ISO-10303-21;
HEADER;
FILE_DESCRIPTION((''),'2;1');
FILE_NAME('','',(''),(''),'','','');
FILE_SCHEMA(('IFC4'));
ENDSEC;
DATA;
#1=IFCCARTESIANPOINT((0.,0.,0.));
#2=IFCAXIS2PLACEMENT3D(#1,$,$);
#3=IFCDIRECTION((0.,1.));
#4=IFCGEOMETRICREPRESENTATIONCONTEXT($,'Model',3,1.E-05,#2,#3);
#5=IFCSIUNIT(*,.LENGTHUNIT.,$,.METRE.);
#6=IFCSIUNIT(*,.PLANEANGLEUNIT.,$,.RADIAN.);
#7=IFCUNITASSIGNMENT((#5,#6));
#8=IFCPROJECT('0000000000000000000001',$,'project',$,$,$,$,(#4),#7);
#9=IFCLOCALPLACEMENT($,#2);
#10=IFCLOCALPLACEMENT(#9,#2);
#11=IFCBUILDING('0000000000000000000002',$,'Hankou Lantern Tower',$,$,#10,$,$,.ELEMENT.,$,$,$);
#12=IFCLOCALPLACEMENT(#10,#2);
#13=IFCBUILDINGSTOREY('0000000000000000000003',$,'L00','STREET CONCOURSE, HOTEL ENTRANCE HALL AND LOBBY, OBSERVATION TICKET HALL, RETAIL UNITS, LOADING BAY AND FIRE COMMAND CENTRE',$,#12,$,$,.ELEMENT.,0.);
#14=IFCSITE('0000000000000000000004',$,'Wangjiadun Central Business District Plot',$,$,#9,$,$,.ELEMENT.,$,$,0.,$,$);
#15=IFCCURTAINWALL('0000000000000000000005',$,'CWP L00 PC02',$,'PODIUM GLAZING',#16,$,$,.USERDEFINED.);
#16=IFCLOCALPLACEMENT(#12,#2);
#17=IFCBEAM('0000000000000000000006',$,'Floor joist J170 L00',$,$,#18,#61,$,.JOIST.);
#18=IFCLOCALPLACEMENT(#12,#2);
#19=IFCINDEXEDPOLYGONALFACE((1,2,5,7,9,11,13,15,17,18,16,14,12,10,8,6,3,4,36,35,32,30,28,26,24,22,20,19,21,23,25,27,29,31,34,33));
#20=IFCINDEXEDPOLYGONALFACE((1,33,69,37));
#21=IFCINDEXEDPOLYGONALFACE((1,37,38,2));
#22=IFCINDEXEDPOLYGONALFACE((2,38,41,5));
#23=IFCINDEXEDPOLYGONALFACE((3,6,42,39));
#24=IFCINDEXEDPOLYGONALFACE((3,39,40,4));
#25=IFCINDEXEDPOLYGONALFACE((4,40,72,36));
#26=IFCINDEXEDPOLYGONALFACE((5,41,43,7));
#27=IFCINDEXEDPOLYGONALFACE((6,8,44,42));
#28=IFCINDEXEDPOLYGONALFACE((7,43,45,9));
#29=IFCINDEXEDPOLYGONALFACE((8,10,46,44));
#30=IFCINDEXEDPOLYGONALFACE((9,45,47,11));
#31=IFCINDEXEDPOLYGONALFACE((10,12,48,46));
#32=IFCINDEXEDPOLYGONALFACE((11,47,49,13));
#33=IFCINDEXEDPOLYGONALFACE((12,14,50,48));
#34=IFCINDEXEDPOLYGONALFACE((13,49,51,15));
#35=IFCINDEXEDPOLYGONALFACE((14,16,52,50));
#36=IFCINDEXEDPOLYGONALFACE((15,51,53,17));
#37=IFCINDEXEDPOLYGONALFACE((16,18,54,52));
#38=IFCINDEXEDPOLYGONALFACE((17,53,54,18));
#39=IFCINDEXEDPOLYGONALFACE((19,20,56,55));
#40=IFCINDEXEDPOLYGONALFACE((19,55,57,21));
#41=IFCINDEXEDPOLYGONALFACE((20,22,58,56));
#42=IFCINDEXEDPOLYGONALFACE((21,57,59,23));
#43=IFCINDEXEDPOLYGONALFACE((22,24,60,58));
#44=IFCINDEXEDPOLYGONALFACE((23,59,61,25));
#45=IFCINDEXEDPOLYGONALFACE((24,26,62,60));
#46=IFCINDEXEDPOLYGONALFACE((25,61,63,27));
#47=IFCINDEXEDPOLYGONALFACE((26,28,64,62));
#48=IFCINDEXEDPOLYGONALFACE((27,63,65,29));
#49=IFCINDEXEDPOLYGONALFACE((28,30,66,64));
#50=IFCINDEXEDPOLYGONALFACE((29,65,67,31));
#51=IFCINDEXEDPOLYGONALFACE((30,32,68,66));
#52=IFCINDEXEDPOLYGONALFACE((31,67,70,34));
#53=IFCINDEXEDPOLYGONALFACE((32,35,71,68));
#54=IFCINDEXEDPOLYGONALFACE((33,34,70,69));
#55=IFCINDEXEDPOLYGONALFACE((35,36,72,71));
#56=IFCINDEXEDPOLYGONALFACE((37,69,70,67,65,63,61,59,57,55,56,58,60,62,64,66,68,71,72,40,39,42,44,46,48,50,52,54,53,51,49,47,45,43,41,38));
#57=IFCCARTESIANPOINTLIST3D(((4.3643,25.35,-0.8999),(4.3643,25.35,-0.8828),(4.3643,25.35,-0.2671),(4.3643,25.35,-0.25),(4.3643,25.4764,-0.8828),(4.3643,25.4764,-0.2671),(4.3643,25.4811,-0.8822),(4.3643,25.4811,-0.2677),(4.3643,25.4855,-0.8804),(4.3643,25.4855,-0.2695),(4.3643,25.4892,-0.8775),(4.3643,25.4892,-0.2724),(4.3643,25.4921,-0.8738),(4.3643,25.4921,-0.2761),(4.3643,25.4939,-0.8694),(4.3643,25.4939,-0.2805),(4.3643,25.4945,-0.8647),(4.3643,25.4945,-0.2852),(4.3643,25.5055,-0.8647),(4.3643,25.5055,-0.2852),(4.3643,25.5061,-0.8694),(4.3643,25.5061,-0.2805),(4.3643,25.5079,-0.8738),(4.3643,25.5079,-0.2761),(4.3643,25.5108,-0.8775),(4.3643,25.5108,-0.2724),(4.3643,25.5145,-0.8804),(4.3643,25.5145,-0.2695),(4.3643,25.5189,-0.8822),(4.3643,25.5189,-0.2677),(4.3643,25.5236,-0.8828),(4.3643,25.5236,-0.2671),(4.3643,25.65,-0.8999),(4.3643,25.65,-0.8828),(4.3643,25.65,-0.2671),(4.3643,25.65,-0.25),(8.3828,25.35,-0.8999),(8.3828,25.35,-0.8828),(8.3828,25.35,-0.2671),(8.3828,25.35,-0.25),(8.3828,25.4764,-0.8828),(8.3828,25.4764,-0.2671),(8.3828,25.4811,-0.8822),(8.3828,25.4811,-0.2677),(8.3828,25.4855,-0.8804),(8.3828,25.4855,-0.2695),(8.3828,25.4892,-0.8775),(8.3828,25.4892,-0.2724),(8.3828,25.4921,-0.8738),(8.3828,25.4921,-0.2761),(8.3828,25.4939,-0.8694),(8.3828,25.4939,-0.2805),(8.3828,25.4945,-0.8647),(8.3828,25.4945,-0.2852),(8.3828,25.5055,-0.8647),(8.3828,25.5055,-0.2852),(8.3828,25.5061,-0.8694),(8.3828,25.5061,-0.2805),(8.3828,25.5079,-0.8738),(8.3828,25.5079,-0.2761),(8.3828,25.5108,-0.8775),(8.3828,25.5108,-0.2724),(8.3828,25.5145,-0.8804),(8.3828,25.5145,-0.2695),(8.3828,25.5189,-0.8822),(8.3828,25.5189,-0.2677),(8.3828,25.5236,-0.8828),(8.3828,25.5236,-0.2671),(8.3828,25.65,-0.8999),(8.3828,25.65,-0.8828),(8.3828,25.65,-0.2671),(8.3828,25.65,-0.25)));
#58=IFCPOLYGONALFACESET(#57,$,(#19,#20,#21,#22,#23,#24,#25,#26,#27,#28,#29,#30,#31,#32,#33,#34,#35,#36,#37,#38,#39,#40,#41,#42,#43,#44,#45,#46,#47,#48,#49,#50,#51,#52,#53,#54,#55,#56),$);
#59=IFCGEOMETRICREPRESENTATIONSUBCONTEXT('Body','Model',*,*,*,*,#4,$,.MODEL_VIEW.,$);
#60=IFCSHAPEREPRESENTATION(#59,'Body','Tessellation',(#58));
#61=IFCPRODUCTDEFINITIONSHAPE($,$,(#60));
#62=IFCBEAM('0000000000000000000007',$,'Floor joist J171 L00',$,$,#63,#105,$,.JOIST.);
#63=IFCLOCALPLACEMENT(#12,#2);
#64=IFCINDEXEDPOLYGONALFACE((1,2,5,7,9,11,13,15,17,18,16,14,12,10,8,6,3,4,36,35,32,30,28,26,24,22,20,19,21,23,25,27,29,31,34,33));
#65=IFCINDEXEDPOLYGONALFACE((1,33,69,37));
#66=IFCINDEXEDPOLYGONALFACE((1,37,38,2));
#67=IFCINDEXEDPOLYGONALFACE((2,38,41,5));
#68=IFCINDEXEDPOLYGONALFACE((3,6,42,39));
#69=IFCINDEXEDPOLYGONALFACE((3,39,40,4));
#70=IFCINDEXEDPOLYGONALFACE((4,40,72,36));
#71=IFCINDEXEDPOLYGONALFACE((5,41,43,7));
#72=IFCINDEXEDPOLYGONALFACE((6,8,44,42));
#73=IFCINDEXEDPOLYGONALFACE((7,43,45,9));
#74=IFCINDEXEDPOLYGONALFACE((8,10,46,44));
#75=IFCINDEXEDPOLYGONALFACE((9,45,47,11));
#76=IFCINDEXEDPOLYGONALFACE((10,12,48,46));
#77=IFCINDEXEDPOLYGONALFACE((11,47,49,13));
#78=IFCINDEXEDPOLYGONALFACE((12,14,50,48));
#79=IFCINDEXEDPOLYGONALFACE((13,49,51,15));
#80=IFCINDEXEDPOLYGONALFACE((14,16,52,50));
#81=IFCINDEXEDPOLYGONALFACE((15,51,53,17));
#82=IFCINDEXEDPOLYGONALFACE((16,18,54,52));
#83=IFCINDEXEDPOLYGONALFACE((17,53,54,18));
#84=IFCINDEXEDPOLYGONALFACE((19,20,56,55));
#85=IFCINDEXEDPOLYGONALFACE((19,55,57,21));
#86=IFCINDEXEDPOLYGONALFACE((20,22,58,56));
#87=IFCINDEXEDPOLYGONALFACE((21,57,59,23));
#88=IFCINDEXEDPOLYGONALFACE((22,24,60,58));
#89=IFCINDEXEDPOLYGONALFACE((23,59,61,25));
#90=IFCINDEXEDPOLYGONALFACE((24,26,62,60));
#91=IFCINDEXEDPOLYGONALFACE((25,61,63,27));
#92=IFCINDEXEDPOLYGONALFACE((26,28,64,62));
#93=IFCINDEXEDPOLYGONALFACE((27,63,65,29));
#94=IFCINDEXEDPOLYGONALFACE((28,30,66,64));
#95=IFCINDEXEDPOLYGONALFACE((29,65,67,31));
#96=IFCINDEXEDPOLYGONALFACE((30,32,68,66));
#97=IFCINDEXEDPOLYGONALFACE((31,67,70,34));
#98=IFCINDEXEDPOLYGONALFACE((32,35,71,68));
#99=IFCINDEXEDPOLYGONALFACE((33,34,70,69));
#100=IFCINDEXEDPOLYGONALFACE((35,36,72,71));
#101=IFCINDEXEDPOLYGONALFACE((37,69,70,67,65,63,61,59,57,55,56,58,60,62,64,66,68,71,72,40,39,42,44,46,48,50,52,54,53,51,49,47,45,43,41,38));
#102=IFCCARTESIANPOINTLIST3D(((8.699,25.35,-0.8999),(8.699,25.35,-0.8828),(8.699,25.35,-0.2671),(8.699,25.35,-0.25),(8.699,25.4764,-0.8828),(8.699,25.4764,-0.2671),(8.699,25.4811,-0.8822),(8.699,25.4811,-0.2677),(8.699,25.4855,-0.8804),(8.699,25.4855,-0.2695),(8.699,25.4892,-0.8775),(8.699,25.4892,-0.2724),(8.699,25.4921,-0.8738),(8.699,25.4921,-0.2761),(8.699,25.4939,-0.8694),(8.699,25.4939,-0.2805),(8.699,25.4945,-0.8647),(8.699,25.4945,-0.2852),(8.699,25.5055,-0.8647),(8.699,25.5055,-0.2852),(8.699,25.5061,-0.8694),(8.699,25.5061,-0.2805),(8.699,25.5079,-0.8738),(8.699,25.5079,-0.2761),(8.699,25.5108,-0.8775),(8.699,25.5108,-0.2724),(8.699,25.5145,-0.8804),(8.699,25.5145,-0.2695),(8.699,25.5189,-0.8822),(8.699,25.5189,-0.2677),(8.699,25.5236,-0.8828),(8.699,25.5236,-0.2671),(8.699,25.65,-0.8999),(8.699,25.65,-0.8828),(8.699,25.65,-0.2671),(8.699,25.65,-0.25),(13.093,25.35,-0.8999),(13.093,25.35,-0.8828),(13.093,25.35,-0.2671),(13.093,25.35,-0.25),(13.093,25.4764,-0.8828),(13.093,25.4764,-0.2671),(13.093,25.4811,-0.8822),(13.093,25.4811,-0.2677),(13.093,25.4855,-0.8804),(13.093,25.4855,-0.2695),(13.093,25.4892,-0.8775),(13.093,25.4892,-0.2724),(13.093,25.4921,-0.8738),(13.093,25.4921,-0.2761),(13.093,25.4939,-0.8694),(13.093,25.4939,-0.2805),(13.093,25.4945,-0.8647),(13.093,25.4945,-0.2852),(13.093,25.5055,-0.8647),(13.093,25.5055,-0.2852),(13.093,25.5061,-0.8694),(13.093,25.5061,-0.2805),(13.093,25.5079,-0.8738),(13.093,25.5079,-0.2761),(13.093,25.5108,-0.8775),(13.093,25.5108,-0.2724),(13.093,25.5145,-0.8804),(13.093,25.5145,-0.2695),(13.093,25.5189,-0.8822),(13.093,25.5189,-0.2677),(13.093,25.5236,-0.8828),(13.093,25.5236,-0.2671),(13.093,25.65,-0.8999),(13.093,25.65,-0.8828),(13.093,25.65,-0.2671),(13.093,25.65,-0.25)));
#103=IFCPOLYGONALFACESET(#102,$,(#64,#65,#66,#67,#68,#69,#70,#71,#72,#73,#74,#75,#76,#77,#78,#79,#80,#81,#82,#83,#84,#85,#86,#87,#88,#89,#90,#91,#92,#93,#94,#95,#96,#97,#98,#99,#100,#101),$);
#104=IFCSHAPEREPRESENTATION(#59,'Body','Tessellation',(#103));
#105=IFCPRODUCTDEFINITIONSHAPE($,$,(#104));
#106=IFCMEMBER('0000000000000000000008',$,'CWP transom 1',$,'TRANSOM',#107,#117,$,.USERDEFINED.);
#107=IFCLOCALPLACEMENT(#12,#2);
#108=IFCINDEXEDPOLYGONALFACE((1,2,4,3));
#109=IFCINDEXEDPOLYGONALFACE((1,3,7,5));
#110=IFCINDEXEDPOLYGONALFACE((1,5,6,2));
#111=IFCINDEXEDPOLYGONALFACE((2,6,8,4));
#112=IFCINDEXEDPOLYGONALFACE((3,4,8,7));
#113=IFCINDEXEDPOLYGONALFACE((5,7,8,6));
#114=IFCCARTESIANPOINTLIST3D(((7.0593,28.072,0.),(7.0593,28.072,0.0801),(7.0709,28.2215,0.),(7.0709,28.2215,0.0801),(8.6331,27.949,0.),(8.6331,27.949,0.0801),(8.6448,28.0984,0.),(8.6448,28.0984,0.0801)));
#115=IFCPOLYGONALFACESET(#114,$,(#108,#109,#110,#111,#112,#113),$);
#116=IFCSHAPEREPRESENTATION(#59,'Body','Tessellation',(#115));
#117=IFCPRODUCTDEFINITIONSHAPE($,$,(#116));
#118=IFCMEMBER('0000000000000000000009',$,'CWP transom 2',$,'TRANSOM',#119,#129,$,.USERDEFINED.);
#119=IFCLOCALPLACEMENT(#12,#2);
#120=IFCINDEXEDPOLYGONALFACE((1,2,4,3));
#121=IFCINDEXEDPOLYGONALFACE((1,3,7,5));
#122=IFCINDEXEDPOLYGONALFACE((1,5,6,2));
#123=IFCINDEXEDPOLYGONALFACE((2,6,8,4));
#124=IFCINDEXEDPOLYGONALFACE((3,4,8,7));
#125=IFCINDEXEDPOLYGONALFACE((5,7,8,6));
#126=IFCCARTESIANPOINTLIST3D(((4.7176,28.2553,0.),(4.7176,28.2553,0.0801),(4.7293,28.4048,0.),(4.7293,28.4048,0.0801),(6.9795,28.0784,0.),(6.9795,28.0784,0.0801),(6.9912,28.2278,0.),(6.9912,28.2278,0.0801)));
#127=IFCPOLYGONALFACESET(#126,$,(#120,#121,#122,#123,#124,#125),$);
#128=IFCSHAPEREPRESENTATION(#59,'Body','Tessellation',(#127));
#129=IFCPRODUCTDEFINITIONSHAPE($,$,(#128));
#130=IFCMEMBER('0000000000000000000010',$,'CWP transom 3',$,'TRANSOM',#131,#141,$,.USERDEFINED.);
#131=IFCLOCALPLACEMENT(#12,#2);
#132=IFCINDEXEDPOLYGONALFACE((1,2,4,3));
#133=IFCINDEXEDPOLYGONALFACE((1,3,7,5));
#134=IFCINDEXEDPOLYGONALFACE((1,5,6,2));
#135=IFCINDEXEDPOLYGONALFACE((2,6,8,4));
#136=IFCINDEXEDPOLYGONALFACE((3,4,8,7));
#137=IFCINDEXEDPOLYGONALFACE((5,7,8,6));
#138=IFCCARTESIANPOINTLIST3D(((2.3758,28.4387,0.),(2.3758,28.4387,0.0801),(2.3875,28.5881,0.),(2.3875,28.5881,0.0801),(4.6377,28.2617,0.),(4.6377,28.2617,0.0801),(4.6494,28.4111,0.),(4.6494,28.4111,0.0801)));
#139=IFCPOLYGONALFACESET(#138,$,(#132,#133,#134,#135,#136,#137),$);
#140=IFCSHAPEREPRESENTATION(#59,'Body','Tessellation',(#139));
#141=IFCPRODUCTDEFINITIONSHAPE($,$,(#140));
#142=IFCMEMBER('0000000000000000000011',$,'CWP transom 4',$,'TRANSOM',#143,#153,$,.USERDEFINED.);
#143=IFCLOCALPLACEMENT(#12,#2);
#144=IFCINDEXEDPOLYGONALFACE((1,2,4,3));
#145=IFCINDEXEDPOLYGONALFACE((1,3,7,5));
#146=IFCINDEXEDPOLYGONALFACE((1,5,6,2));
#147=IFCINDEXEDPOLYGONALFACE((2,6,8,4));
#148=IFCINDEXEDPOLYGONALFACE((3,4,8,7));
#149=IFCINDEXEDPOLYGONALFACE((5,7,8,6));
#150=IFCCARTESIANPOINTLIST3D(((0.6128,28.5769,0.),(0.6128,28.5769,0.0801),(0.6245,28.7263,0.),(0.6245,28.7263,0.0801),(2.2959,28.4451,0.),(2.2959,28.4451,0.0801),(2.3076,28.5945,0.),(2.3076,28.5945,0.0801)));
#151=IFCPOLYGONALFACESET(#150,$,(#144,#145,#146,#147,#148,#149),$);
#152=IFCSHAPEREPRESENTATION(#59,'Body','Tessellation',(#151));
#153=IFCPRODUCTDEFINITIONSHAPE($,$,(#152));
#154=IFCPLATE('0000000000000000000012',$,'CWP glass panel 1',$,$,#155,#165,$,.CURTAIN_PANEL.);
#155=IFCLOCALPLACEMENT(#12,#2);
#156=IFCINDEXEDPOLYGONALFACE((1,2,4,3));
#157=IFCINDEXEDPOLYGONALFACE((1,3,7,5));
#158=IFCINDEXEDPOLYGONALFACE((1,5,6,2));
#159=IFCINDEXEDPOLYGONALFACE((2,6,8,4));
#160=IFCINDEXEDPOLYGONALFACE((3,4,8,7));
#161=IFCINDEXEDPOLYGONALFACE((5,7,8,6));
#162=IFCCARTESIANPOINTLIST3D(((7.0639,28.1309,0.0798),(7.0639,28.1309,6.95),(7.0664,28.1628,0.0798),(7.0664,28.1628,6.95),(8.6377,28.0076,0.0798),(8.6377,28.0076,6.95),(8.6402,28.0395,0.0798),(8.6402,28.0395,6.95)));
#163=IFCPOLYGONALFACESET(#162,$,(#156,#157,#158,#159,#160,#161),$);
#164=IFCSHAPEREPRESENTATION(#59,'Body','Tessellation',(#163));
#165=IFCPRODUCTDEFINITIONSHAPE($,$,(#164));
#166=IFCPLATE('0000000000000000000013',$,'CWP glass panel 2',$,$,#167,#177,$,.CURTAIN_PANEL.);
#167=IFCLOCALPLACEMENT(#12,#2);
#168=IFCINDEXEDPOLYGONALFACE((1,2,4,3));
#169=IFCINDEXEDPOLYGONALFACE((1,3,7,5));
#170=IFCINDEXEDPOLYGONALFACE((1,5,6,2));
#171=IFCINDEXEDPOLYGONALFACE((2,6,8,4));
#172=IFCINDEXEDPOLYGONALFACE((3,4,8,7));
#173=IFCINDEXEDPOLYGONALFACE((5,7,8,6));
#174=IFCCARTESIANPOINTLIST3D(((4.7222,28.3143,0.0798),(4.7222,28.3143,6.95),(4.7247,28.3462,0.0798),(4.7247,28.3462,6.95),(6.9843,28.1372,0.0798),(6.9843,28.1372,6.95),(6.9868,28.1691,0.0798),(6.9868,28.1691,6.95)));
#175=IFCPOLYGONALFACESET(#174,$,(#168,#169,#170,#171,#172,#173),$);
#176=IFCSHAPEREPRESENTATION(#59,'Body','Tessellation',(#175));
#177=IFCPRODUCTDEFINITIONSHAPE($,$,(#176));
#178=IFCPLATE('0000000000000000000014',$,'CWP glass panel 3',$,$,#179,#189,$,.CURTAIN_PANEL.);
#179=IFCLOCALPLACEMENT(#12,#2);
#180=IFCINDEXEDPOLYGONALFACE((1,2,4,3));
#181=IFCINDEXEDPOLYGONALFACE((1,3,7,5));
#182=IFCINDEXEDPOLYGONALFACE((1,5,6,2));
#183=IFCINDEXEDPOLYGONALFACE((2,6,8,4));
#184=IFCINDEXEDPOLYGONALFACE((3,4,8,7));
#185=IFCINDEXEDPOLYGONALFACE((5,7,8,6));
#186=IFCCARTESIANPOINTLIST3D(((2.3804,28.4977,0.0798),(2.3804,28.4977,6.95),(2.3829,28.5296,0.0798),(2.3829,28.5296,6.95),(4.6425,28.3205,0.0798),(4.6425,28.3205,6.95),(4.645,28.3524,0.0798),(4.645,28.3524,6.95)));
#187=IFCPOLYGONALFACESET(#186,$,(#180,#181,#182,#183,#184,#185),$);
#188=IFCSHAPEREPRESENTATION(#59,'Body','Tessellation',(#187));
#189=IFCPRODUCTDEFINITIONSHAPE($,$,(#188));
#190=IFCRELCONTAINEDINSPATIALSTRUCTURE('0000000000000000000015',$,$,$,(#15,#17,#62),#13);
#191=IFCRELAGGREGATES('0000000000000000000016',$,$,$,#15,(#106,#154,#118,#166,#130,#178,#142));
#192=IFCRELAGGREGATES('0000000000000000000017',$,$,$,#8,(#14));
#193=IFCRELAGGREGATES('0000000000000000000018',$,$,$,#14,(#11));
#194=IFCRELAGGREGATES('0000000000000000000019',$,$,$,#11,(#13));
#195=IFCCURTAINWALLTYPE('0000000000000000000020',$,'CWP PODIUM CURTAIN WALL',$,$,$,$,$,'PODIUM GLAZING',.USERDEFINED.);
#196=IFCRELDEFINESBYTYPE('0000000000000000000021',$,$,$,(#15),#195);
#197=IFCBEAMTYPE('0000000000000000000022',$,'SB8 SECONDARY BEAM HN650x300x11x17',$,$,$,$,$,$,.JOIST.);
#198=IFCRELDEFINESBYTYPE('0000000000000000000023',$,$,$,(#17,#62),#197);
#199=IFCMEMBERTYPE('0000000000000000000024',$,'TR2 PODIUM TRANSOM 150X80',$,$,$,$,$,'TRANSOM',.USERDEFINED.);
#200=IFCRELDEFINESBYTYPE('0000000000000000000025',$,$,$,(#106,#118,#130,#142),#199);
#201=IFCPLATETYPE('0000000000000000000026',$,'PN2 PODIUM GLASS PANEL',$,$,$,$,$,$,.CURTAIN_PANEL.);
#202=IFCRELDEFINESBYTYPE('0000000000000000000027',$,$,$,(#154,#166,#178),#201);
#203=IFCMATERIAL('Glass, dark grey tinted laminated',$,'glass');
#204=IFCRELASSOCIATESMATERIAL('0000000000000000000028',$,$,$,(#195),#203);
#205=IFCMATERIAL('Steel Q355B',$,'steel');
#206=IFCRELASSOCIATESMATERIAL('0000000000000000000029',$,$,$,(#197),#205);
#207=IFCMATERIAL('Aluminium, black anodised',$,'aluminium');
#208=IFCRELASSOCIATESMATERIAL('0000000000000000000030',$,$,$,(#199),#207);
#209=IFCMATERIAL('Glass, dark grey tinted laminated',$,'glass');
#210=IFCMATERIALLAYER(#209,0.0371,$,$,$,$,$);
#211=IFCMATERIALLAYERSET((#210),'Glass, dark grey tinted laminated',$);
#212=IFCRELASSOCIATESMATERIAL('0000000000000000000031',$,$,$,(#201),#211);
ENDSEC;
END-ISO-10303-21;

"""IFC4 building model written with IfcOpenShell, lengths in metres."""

from ifc_helpers import new_model, si_unit, direction, frame, origin, origin_2d, place, context, subcontext, project, spatial, rectangle, i_section, extrude, material, layer, layer_set, material_profile, profile_set, type_object, element, aggregate, save


model = new_model("IFC4")

# Units and contexts
model_context = context("Model", 3, precision=1e-05, world=origin(), true_north=direction((0.0, 1.0)))
body_context = subcontext(model_context, "Body", "Model", "MODEL_VIEW")
ifc_project = project(units=[si_unit("LENGTHUNIT", "METRE"), si_unit("PLANEANGLEUNIT", "RADIAN")], contexts=[model_context])

# Site, building, storey
site_placement = place(None, origin())
site = spatial("IfcSite", under=ifc_project, at=site_placement, Name="Wangjiadun Central Business District Plot", CompositionType="ELEMENT", RefElevation=0.0)
building_placement = place(site_placement, origin())
building = spatial("IfcBuilding", under=site, at=building_placement, Name="Hankou Lantern Tower", CompositionType="ELEMENT")
storey_placement = place(building_placement, origin())
storey = spatial("IfcBuildingStorey", under=building, at=storey_placement, Name="L00", Description="STREET CONCOURSE, HOTEL ENTRANCE HALL AND LOBBY, OBSERVATION TICKET HALL, RETAIL UNITS, LOADING BAY AND FIRE COMMAND CENTRE", CompositionType="ELEMENT", Elevation=0.0)

# Curtain wall
ifc_material_1 = material(Name="Glass, dark grey tinted laminated", Category="glass")
curtain_wall_type = type_object("IfcCurtainWallType", Name="CWP PODIUM CURTAIN WALL", ElementType="PODIUM GLAZING", PredefinedType="USERDEFINED", material=ifc_material_1)
curtain_wall_placement = place(storey_placement, origin())
curtain_wall = element("IfcCurtainWall", 1, at=curtain_wall_placement, inside=storey, type_object=curtain_wall_type, Name="CWP L00 PC02", ObjectType="PODIUM GLAZING", PredefinedType="USERDEFINED")

# Beams
ifc_material_2 = material(Name="Steel Q355B", Category="steel")
ifc_material_profile_1 = material_profile(ifc_material_2, i_section(OverallWidth=0.3, OverallDepth=0.6499, WebThickness=0.011, FlangeThickness=0.0171, FilletRadius=0.0181, at=origin_2d()), Name="HN650x300x11x17")
ifc_profile_set_1 = profile_set([ifc_material_profile_1], Name="Steel Q355B")
beam_type_1 = type_object("IfcBeamType", Name="SB8 SECONDARY BEAM HN650x300x11x17", PredefinedType="JOIST", material=ifc_profile_set_1)
beam_1_placement = place(storey_placement, frame((4.3643, 25.5, -0.575), z_axis=(1.0, 0.0, 0.0), x_axis=(0.0, 1.0, 0.0)))
element("IfcBeam", 2, at=beam_1_placement, inside=storey, type_object=beam_type_1, Name="Floor joist J170 L00", PredefinedType="JOIST", context=body_context, shape_type="SweptSolid", body=[
    extrude(i_section(OverallWidth=0.3, OverallDepth=0.6499, WebThickness=0.011, FlangeThickness=0.0171, FilletRadius=0.0181, at=origin_2d()), origin(), (0.0, 0.0, 1.0), 4.0186),
])
beam_2_placement = place(storey_placement, frame((8.699, 25.5, -0.575), z_axis=(1.0, 0.0, 0.0), x_axis=(0.0, 1.0, 0.0)))
element("IfcBeam", 3, at=beam_2_placement, inside=storey, type_object=beam_type_1, Name="Floor joist J171 L00", PredefinedType="JOIST", context=body_context, shape_type="SweptSolid", body=[
    extrude(i_section(OverallWidth=0.3, OverallDepth=0.6499, WebThickness=0.011, FlangeThickness=0.0171, FilletRadius=0.0181, at=origin_2d()), origin(), (0.0, 0.0, 1.0), 4.394),
])

# Members
ifc_material_3 = material(Name="Aluminium, black anodised", Category="aluminium")
ifc_material_profile_2 = material_profile(ifc_material_3, rectangle(XDim=0.1499, YDim=0.0801, at=origin_2d()), Name="TR2 150X80")
ifc_profile_set_2 = profile_set([ifc_material_profile_2], Name="Aluminium, black anodised")
member_type_1 = type_object("IfcMemberType", Name="TR2 PODIUM TRANSOM 150X80", ElementType="TRANSOM", PredefinedType="USERDEFINED", material=ifc_profile_set_2)
member_1_placement = place(storey_placement, frame((8.6389, 28.0237, 0.04), z_axis=(-0.996957, 0.07795, 0.0), x_axis=(-0.07795, -0.996957, 0.0)))
member_1 = element("IfcMember", 4, at=member_1_placement, type_object=member_type_1, Name="CWP transom 1", ObjectType="TRANSOM", PredefinedType="USERDEFINED", context=body_context, shape_type="SweptSolid", body=[
    extrude(rectangle(XDim=0.1499, YDim=0.0801, at=origin_2d()), origin(), (0.0, 0.0, 1.0), 1.5786),
])
member_2_placement = place(storey_placement, frame((6.9854, 28.1531, 0.04), z_axis=(-0.996952, 0.078013, 0.0), x_axis=(-0.078013, -0.996952, 0.0)))
member_2 = element("IfcMember", 5, at=member_2_placement, type_object=member_type_1, Name="CWP transom 2", ObjectType="TRANSOM", PredefinedType="USERDEFINED", context=body_context, shape_type="SweptSolid", body=[
    extrude(rectangle(XDim=0.1499, YDim=0.0801, at=origin_2d()), origin(), (0.0, 0.0, 1.0), 2.2688),
])
member_3_placement = place(storey_placement, frame((4.6436, 28.3364, 0.04), z_axis=(-0.996952, 0.078013, 0.0), x_axis=(-0.078013, -0.996952, 0.0)))
member_3 = element("IfcMember", 6, at=member_3_placement, type_object=member_type_1, Name="CWP transom 3", ObjectType="TRANSOM", PredefinedType="USERDEFINED", context=body_context, shape_type="SweptSolid", body=[
    extrude(rectangle(XDim=0.1499, YDim=0.0801, at=origin_2d()), origin(), (0.0, 0.0, 1.0), 2.2688),
])
member_4_placement = place(storey_placement, frame((2.3018, 28.5198, 0.04), z_axis=(-0.996946, 0.07809, 0.0), x_axis=(-0.07809, -0.996946, 0.0)))
member_4 = element("IfcMember", 7, at=member_4_placement, type_object=member_type_1, Name="CWP transom 4", ObjectType="TRANSOM", PredefinedType="USERDEFINED", context=body_context, shape_type="SweptSolid", body=[
    extrude(rectangle(XDim=0.1499, YDim=0.0801, at=origin_2d()), origin(), (0.0, 0.0, 1.0), 1.6882),
])

# Plates
ifc_material_4 = material(Name="Glass, dark grey tinted laminated", Category="glass")
ifc_layer = layer(ifc_material_4, 0.0371)
ifc_layer_set = layer_set([ifc_layer], Name="Glass, dark grey tinted laminated")
plate_type = type_object("IfcPlateType", Name="PN2 PODIUM GLASS PANEL", PredefinedType="CURTAIN_PANEL", material=ifc_layer_set)
plate_1_placement = place(storey_placement, frame((7.8521, 28.0852, 0.0798), z_axis=(0.0, 0.0, 1.0), x_axis=(-0.996949, 0.078062, 0.0)))
plate_1 = element("IfcPlate", 8, at=plate_1_placement, type_object=plate_type, Name="CWP glass panel 1", PredefinedType="CURTAIN_PANEL", context=body_context, shape_type="SweptSolid", body=[
    extrude(rectangle(XDim=1.5786, YDim=0.032, at=origin_2d()), origin(), (0.0, 0.0, 1.0), 6.8701),
])
plate_2_placement = place(storey_placement, frame((5.8545, 28.2417, 0.0798), z_axis=(0.0, 0.0, 1.0), x_axis=(-0.996949, 0.078062, 0.0)))
plate_2 = element("IfcPlate", 9, at=plate_2_placement, type_object=plate_type, Name="CWP glass panel 2", PredefinedType="CURTAIN_PANEL", context=body_context, shape_type="SweptSolid", body=[
    extrude(rectangle(XDim=2.269, YDim=0.032, at=origin_2d()), origin(), (0.0, 0.0, 1.0), 6.8701),
])
plate_3_placement = place(storey_placement, frame((3.5127, 28.425, 0.0798), z_axis=(0.0, 0.0, 1.0), x_axis=(-0.996949, 0.078062, 0.0)))
plate_3 = element("IfcPlate", 10, at=plate_3_placement, type_object=plate_type, Name="CWP glass panel 3", PredefinedType="CURTAIN_PANEL", context=body_context, shape_type="SweptSolid", body=[
    extrude(rectangle(XDim=2.269, YDim=0.032, at=origin_2d()), origin(), (0.0, 0.0, 1.0), 6.8701),
])
aggregate(curtain_wall, [member_1, plate_1, member_2, plate_2, member_3, plate_3, member_4])

save(model, "model.ifc")
